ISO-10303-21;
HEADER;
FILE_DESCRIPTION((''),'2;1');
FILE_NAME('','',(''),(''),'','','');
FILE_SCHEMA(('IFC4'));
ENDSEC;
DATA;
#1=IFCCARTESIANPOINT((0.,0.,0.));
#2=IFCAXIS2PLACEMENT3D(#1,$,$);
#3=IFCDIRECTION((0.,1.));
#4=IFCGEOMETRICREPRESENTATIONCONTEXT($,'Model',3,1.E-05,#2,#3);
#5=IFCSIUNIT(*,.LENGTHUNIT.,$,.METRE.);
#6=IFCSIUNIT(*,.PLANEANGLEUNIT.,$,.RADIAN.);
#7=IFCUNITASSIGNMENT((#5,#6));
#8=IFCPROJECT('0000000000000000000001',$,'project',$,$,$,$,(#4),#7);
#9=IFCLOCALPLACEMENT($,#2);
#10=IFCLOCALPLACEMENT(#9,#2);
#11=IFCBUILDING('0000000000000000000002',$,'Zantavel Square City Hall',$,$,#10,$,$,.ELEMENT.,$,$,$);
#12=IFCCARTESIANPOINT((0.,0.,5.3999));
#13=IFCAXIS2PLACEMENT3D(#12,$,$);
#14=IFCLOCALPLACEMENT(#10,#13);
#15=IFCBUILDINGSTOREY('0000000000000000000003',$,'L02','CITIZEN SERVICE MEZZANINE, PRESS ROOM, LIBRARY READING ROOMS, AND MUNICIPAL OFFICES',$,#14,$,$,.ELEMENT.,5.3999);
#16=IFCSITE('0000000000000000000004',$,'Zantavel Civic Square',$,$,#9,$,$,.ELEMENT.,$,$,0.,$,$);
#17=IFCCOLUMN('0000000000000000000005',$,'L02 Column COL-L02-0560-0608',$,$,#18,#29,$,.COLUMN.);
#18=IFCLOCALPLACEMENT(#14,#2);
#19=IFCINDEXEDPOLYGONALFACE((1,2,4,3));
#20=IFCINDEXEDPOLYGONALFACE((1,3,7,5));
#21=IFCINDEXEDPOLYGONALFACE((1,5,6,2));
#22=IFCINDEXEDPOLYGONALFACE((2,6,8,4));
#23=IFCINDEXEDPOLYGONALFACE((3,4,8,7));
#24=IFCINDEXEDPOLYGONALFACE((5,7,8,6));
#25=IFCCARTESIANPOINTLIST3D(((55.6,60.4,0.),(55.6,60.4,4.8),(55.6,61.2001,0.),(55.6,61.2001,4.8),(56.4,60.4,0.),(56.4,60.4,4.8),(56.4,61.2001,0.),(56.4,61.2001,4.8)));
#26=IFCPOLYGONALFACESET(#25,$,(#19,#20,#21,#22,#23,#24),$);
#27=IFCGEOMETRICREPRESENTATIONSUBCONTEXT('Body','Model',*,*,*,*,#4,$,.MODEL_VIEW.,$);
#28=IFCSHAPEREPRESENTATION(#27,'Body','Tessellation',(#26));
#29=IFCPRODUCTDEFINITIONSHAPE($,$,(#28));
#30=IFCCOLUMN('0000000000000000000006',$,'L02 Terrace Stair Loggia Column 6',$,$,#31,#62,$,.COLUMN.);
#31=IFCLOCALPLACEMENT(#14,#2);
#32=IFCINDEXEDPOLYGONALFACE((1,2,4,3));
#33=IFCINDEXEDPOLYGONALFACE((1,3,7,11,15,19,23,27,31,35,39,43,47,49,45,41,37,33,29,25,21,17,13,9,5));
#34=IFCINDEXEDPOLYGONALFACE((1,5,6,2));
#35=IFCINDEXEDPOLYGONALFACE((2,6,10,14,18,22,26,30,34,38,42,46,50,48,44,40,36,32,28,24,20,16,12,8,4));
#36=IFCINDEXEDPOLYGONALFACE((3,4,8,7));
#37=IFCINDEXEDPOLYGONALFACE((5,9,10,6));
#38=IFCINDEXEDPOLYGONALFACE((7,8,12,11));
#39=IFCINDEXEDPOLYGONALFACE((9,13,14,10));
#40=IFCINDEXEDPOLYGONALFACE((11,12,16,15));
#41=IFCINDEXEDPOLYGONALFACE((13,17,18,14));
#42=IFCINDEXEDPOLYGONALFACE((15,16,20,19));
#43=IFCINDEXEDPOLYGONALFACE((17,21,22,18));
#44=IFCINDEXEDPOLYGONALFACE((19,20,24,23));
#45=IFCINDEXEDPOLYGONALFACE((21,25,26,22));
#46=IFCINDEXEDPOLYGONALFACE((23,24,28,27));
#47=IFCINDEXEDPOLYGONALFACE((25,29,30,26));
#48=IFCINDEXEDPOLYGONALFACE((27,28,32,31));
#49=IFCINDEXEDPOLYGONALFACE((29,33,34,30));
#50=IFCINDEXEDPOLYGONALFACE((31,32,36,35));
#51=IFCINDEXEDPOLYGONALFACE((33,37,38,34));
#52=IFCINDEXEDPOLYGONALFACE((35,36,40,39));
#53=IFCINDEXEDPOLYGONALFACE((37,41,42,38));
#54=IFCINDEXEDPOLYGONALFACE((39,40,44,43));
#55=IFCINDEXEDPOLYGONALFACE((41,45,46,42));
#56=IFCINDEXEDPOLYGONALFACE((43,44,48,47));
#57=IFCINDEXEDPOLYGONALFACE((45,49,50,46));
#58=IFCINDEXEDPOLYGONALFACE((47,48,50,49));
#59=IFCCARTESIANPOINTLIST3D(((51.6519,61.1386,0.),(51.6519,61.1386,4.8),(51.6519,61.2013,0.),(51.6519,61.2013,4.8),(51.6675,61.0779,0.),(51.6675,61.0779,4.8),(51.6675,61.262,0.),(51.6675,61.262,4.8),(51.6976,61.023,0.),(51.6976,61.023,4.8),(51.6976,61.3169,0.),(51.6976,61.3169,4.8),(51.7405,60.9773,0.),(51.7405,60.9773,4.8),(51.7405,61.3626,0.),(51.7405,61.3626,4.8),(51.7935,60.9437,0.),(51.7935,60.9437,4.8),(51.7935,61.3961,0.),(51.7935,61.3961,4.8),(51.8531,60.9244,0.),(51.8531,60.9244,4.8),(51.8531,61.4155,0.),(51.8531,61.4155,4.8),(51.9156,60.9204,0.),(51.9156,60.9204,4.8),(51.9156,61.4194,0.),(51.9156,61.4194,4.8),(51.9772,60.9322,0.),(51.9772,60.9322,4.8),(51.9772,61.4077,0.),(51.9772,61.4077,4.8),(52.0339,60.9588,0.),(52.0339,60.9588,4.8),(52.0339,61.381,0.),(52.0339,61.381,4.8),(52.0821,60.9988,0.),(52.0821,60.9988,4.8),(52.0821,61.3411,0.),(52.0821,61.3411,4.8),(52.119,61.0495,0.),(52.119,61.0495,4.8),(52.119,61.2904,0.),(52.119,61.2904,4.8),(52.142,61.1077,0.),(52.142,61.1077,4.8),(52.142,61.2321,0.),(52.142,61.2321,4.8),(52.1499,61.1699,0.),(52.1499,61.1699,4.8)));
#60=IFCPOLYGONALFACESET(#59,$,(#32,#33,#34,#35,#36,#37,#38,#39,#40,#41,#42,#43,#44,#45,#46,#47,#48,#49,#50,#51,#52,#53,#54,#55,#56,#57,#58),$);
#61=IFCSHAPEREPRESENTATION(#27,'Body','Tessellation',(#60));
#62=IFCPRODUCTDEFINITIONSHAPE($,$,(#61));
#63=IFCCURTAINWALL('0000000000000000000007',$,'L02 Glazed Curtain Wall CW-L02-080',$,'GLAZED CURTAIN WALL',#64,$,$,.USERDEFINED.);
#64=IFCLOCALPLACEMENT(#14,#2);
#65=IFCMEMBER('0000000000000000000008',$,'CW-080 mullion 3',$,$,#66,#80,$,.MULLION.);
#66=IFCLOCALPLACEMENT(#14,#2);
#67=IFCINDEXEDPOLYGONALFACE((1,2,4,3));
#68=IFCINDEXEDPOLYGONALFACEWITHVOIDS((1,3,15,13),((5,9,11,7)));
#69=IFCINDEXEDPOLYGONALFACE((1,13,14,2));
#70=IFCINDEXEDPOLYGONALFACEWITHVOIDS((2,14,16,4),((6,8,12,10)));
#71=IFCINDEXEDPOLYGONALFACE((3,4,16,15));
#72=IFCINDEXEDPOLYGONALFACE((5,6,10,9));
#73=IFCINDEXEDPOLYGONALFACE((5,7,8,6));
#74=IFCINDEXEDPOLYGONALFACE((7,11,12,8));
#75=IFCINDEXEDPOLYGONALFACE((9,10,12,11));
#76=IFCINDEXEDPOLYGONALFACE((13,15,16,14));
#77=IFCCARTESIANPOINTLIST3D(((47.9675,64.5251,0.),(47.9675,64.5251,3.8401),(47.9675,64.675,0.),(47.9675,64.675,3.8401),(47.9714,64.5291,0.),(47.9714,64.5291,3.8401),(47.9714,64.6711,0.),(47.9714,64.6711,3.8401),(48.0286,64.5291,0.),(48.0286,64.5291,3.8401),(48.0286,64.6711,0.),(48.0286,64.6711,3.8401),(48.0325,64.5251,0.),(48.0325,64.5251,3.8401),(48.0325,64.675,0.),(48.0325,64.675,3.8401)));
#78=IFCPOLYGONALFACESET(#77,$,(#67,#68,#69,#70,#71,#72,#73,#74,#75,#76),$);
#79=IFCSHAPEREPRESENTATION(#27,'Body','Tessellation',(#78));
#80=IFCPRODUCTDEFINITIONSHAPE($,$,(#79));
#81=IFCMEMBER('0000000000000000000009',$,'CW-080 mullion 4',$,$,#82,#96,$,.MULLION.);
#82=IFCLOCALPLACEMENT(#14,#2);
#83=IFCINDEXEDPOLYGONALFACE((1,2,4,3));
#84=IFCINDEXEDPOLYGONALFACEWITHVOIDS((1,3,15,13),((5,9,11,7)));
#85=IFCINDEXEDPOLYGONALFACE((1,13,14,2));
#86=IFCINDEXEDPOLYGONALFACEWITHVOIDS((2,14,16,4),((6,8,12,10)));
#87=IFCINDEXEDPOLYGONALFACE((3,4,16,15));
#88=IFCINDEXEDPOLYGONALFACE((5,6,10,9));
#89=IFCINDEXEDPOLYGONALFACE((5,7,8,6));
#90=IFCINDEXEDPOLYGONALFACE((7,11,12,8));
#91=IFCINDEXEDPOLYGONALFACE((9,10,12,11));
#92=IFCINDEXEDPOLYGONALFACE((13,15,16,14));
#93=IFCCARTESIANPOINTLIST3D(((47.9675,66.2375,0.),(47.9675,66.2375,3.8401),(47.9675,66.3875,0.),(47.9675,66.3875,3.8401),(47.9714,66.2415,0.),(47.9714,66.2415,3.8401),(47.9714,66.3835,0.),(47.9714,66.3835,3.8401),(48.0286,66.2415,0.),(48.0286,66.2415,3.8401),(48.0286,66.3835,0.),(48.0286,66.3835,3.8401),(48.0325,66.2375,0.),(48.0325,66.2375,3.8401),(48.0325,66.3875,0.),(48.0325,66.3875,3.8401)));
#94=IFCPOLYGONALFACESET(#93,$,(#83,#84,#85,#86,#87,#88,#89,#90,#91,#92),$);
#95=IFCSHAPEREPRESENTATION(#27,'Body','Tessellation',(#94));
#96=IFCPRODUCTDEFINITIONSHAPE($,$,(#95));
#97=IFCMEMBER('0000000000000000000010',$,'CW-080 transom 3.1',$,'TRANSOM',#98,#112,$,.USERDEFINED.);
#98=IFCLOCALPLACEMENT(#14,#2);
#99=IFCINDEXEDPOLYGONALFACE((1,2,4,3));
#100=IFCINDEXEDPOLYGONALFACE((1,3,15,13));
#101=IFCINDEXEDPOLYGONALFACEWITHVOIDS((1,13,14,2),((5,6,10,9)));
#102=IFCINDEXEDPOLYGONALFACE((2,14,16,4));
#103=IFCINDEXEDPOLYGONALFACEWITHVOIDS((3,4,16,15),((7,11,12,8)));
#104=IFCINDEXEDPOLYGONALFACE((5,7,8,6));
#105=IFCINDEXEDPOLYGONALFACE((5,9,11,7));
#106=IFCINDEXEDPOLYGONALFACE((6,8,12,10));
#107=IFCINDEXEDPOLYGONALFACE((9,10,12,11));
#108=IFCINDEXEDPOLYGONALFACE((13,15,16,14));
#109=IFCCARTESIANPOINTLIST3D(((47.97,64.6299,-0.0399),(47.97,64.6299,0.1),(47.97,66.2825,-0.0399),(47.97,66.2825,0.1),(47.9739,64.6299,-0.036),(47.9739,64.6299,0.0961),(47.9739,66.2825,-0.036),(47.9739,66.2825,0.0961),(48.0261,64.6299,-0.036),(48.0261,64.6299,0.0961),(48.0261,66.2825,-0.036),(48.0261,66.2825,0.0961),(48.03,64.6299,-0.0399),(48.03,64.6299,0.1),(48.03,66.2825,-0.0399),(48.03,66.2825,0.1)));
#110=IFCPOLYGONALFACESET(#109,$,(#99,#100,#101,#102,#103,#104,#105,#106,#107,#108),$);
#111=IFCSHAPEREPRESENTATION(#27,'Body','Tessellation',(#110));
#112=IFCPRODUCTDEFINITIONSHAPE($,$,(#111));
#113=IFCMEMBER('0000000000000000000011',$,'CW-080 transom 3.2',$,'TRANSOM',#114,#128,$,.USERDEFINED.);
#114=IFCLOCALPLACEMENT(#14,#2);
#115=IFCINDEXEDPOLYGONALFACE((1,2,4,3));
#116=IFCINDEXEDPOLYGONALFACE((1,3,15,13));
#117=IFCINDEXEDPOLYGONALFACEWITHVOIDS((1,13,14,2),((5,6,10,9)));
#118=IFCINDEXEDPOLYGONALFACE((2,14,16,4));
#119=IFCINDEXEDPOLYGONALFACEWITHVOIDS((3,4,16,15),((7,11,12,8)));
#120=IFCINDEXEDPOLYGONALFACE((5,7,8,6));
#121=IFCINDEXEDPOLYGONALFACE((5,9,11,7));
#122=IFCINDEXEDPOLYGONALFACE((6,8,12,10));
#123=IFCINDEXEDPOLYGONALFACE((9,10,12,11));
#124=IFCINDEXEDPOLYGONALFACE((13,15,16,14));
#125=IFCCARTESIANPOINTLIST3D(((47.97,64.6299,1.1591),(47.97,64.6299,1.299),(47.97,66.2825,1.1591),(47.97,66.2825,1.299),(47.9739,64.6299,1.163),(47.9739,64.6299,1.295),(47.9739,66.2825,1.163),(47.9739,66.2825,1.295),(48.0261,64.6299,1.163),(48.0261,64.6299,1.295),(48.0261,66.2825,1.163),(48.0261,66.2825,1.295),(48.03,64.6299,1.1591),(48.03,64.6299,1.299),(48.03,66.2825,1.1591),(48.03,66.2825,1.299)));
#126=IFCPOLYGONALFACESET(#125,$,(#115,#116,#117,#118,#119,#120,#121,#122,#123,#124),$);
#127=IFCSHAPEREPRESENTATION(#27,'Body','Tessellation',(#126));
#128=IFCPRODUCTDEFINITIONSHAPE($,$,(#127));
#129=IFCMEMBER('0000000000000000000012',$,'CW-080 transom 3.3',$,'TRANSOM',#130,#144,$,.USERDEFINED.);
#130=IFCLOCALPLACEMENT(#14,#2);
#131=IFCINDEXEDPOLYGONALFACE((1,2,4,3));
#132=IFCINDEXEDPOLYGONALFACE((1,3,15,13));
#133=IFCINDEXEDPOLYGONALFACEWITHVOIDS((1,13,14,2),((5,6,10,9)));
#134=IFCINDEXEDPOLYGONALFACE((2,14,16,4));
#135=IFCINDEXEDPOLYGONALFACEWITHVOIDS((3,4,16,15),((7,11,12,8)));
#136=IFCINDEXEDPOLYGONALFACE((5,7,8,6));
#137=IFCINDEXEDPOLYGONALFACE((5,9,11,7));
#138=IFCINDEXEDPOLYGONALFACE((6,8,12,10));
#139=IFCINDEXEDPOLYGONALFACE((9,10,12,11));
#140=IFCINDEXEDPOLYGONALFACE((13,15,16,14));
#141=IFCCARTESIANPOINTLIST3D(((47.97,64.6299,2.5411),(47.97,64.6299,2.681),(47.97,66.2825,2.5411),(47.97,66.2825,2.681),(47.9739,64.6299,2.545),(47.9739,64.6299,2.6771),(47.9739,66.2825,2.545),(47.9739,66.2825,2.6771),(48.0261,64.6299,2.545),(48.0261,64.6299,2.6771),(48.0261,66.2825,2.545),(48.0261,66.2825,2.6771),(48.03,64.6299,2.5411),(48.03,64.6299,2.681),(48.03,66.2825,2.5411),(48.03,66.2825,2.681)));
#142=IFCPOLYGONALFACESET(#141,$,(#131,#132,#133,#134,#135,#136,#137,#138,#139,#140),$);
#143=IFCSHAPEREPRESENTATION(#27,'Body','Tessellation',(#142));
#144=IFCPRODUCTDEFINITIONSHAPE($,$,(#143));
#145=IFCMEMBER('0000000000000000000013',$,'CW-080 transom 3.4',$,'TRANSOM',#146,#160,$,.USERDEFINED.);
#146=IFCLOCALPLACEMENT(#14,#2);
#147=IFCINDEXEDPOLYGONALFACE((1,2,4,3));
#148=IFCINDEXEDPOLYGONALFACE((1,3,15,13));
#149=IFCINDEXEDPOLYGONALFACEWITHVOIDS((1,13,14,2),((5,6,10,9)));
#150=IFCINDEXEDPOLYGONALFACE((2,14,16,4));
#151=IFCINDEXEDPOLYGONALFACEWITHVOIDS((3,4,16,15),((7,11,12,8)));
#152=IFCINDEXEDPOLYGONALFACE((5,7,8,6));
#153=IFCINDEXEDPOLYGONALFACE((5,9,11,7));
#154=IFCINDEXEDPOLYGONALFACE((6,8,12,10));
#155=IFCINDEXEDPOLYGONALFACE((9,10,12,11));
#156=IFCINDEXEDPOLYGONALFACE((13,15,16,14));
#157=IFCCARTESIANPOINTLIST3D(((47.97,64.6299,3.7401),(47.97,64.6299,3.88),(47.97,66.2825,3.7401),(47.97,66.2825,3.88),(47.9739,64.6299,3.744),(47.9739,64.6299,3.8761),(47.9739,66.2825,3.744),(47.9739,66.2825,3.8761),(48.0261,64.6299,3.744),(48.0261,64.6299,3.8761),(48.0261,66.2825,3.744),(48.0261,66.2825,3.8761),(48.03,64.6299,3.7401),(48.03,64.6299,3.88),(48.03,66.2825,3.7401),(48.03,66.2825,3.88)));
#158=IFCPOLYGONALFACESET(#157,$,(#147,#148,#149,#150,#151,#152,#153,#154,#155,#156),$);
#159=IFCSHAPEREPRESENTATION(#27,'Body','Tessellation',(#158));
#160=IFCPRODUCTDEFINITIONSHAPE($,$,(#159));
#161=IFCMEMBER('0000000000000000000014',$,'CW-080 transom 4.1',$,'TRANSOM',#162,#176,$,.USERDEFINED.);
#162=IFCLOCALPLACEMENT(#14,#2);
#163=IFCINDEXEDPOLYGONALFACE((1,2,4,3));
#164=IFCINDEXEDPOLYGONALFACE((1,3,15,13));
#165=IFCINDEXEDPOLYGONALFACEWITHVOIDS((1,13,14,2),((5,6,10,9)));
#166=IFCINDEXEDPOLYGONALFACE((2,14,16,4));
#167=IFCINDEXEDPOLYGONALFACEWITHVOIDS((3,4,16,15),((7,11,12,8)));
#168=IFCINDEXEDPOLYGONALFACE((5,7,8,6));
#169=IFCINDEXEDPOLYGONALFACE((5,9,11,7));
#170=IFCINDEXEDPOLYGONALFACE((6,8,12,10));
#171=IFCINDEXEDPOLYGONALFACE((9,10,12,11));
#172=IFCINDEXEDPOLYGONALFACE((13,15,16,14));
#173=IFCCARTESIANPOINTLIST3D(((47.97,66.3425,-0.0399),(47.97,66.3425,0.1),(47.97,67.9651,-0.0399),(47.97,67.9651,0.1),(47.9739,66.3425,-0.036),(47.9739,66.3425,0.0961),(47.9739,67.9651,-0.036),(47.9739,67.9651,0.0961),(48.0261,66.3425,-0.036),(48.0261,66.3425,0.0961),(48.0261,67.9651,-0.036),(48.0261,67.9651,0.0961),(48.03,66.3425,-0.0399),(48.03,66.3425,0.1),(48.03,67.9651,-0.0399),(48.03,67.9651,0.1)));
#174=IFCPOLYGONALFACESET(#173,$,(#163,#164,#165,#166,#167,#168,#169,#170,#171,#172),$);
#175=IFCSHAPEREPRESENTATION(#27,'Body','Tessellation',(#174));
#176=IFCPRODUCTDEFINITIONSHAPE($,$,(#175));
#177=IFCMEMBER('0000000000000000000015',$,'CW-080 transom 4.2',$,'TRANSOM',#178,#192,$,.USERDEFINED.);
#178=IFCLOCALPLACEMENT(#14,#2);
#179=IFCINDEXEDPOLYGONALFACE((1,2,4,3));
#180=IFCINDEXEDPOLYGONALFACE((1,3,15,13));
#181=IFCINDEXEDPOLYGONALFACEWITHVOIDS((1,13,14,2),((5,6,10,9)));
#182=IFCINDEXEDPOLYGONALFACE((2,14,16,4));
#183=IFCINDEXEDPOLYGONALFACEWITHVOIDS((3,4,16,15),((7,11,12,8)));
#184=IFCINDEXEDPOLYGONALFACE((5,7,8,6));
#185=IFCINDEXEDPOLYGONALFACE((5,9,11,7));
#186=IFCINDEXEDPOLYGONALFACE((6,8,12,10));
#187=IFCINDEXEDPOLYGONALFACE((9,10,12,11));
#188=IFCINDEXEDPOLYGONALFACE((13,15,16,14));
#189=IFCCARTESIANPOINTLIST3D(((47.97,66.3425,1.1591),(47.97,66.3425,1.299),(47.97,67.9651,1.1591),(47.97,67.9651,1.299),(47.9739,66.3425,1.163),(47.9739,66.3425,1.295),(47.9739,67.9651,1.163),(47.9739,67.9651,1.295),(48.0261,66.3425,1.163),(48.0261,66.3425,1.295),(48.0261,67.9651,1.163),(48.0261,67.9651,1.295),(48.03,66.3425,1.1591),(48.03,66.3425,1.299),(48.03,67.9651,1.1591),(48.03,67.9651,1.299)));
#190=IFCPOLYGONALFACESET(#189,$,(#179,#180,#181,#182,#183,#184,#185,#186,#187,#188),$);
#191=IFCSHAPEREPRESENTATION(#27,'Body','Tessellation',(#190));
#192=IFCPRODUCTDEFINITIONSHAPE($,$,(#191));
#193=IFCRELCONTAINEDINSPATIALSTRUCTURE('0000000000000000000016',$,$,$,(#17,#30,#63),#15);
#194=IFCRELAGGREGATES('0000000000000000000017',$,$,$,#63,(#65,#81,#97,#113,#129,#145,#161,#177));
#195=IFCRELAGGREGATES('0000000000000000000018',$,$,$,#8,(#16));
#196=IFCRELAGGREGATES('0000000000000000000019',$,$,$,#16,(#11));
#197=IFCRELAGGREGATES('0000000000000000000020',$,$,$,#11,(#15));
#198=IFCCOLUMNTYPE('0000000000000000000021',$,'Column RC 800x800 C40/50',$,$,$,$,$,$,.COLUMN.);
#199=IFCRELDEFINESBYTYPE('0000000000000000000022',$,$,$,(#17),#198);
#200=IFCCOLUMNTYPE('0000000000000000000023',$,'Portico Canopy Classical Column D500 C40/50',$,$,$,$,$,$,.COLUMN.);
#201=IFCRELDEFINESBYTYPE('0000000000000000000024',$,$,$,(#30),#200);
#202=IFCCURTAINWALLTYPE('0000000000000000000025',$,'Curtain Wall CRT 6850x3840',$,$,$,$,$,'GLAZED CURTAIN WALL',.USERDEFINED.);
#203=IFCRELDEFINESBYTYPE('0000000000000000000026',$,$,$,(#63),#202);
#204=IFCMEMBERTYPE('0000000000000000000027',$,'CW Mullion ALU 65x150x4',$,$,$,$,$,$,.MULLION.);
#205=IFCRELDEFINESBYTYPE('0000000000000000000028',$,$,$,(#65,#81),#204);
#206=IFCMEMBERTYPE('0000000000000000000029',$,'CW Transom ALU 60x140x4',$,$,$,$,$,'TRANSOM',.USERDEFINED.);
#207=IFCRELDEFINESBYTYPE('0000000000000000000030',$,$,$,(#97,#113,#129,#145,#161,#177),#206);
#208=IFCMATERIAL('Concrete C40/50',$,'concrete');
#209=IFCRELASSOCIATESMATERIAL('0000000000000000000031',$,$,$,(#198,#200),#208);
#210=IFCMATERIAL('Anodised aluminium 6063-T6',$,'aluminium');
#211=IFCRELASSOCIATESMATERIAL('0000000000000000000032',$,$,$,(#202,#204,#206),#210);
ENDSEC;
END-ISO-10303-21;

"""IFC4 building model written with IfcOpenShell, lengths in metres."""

from ifc_helpers import new_model, si_unit, direction, frame, origin, origin_2d, place, context, subcontext, project, spatial, rectangle, hollow_rectangle, circle, extrude, material, material_profile, profile_set, type_object, element, aggregate, save


model = new_model("IFC4")

# Units and contexts
model_context = context("Model", 3, precision=1e-05, world=origin(), true_north=direction((0.0, 1.0)))
body_context = subcontext(model_context, "Body", "Model", "MODEL_VIEW")
ifc_project = project(units=[si_unit("LENGTHUNIT", "METRE"), si_unit("PLANEANGLEUNIT", "RADIAN")], contexts=[model_context])

# Site, building, storey
site_placement = place(None, origin())
site = spatial("IfcSite", under=ifc_project, at=site_placement, Name="Zantavel Civic Square", CompositionType="ELEMENT", RefElevation=0.0)
building_placement = place(site_placement, origin())
building = spatial("IfcBuilding", under=site, at=building_placement, Name="Zantavel Square City Hall", CompositionType="ELEMENT")
storey_placement = place(building_placement, frame((0.0, 0.0, 5.3999)))
storey = spatial("IfcBuildingStorey", under=building, at=storey_placement, Name="L02", Description="CITIZEN SERVICE MEZZANINE, PRESS ROOM, LIBRARY READING ROOMS, AND MUNICIPAL OFFICES", CompositionType="ELEMENT", Elevation=5.3999)

# Columns
ifc_material_1 = material(Name="Concrete C40/50", Category="concrete")
ifc_material_profile_1 = material_profile(ifc_material_1, rectangle(XDim=0.8, YDim=0.8, at=origin_2d()), Name="RC 800x800")
ifc_profile_set_1 = profile_set([ifc_material_profile_1], Name="Concrete C40/50")
column_type_1 = type_object("IfcColumnType", Name="Column RC 800x800 C40/50", PredefinedType="COLUMN", material=ifc_profile_set_1)
column_1_placement = place(storey_placement, frame((56.0, 60.8, 0.0), z_axis=(0.0, 0.0, 1.0), x_axis=(1.0, 0.0, 0.0)))
element("IfcColumn", 1, at=column_1_placement, inside=storey, type_object=column_type_1, Name="L02 Column COL-L02-0560-0608", PredefinedType="COLUMN", context=body_context, shape_type="SweptSolid", body=[
    extrude(rectangle(XDim=0.8, YDim=0.8, at=origin_2d()), origin(), (0.0, 0.0, 1.0), 4.8),
])
ifc_material_profile_2 = material_profile(ifc_material_1, circle(Radius=0.25, at=origin_2d()), Name="ROUND D500")
ifc_profile_set_2 = profile_set([ifc_material_profile_2], Name="Concrete C40/50")
column_type_2 = type_object("IfcColumnType", Name="Portico Canopy Classical Column D500 C40/50", PredefinedType="COLUMN", material=ifc_profile_set_2)
column_2_placement = place(storey_placement, frame((51.8999, 61.1699, 0.0), z_axis=(0.0, 0.0, 1.0), x_axis=(1.0, 0.0, 0.0)))
element("IfcColumn", 2, at=column_2_placement, inside=storey, type_object=column_type_2, Name="L02 Terrace Stair Loggia Column 6", PredefinedType="COLUMN", context=body_context, shape_type="SweptSolid", body=[
    extrude(circle(Radius=0.25, at=origin_2d()), origin(), (0.0, 0.0, 1.0), 4.8),
])

# Curtain wall, members
ifc_material_2 = material(Name="Anodised aluminium 6063-T6", Category="aluminium")
curtain_wall_type = type_object("IfcCurtainWallType", Name="Curtain Wall CRT 6850x3840", ElementType="GLAZED CURTAIN WALL", PredefinedType="USERDEFINED", material=ifc_material_2)
curtain_wall_placement = place(storey_placement, origin())
curtain_wall = element("IfcCurtainWall", 3, at=curtain_wall_placement, inside=storey, type_object=curtain_wall_type, Name="L02 Glazed Curtain Wall CW-L02-080", ObjectType="GLAZED CURTAIN WALL", PredefinedType="USERDEFINED")
ifc_material_profile_3 = material_profile(ifc_material_2, hollow_rectangle(XDim=0.0649, YDim=0.1499, WallThickness=0.0039, at=origin_2d()), Name="ALU 65x150x4")
ifc_profile_set_3 = profile_set([ifc_material_profile_3], Name="Anodised aluminium 6063-T6")
member_type_1 = type_object("IfcMemberType", Name="CW Mullion ALU 65x150x4", PredefinedType="MULLION", material=ifc_profile_set_3)
member_1_placement = place(storey_placement, frame((48.0, 64.6001, 0.0), z_axis=(0.0, 0.0, 1.0), x_axis=(-1.0, 0.0, 0.0)))
member_1 = element("IfcMember", 4, at=member_1_placement, type_object=member_type_1, Name="CW-080 mullion 3", PredefinedType="MULLION", context=body_context, shape_type="SweptSolid", body=[
    extrude(hollow_rectangle(XDim=0.0649, YDim=0.1499, WallThickness=0.0039, at=origin_2d()), origin(), (0.0, 0.0, 1.0), 3.8401),
])
member_2_placement = place(storey_placement, frame((48.0, 66.3125, 0.0), z_axis=(0.0, 0.0, 1.0), x_axis=(-1.0, 0.0, 0.0)))
member_2 = element("IfcMember", 5, at=member_2_placement, type_object=member_type_1, Name="CW-080 mullion 4", PredefinedType="MULLION", context=body_context, shape_type="SweptSolid", body=[
    extrude(hollow_rectangle(XDim=0.0649, YDim=0.1499, WallThickness=0.0039, at=origin_2d()), origin(), (0.0, 0.0, 1.0), 3.8401),
])
ifc_material_profile_4 = material_profile(ifc_material_2, hollow_rectangle(XDim=0.0601, YDim=0.1399, WallThickness=0.0039, at=origin_2d()), Name="ALU 60x140x4")
ifc_profile_set_4 = profile_set([ifc_material_profile_4], Name="Anodised aluminium 6063-T6")
member_type_2 = type_object("IfcMemberType", Name="CW Transom ALU 60x140x4", ElementType="TRANSOM", PredefinedType="USERDEFINED", material=ifc_profile_set_4)
member_3_placement = place(storey_placement, frame((48.0, 64.6299, 0.03), z_axis=(0.0, 1.0, 0.0), x_axis=(-1.0, 0.0, 0.0)))
member_3 = element("IfcMember", 6, at=member_3_placement, type_object=member_type_2, Name="CW-080 transom 3.1", ObjectType="TRANSOM", PredefinedType="USERDEFINED", context=body_context, shape_type="SweptSolid", body=[
    extrude(hollow_rectangle(XDim=0.0601, YDim=0.1399, WallThickness=0.0039, at=origin_2d()), origin(), (0.0, 0.0, 1.0), 1.6526),
])
member_4_placement = place(storey_placement, frame((48.0, 64.6299, 1.229), z_axis=(0.0, 1.0, 0.0), x_axis=(-1.0, 0.0, 0.0)))
member_4 = element("IfcMember", 7, at=member_4_placement, type_object=member_type_2, Name="CW-080 transom 3.2", ObjectType="TRANSOM", PredefinedType="USERDEFINED", context=body_context, shape_type="SweptSolid", body=[
    extrude(hollow_rectangle(XDim=0.0601, YDim=0.1399, WallThickness=0.0039, at=origin_2d()), origin(), (0.0, 0.0, 1.0), 1.6526),
])
member_5_placement = place(storey_placement, frame((48.0, 64.6299, 2.6111), z_axis=(0.0, 1.0, 0.0), x_axis=(-1.0, 0.0, 0.0)))
member_5 = element("IfcMember", 8, at=member_5_placement, type_object=member_type_2, Name="CW-080 transom 3.3", ObjectType="TRANSOM", PredefinedType="USERDEFINED", context=body_context, shape_type="SweptSolid", body=[
    extrude(hollow_rectangle(XDim=0.0601, YDim=0.1399, WallThickness=0.0039, at=origin_2d()), origin(), (0.0, 0.0, 1.0), 1.6526),
])
member_6_placement = place(storey_placement, frame((48.0, 64.6299, 3.8101), z_axis=(0.0, 1.0, 0.0), x_axis=(-1.0, 0.0, 0.0)))
member_6 = element("IfcMember", 9, at=member_6_placement, type_object=member_type_2, Name="CW-080 transom 3.4", ObjectType="TRANSOM", PredefinedType="USERDEFINED", context=body_context, shape_type="SweptSolid", body=[
    extrude(hollow_rectangle(XDim=0.0601, YDim=0.1399, WallThickness=0.0039, at=origin_2d()), origin(), (0.0, 0.0, 1.0), 1.6526),
])
member_7_placement = place(storey_placement, frame((48.0, 66.3425, 0.03), z_axis=(0.0, 1.0, 0.0), x_axis=(-1.0, 0.0, 0.0)))
member_7 = element("IfcMember", 10, at=member_7_placement, type_object=member_type_2, Name="CW-080 transom 4.1", ObjectType="TRANSOM", PredefinedType="USERDEFINED", context=body_context, shape_type="SweptSolid", body=[
    extrude(hollow_rectangle(XDim=0.0601, YDim=0.1399, WallThickness=0.0039, at=origin_2d()), origin(), (0.0, 0.0, 1.0), 1.6226),
])
member_8_placement = place(storey_placement, frame((48.0, 66.3425, 1.229), z_axis=(0.0, 1.0, 0.0), x_axis=(-1.0, 0.0, 0.0)))
member_8 = element("IfcMember", 11, at=member_8_placement, type_object=member_type_2, Name="CW-080 transom 4.2", ObjectType="TRANSOM", PredefinedType="USERDEFINED", context=body_context, shape_type="SweptSolid", body=[
    extrude(hollow_rectangle(XDim=0.0601, YDim=0.1399, WallThickness=0.0039, at=origin_2d()), origin(), (0.0, 0.0, 1.0), 1.6226),
])

aggregate(curtain_wall, [member_1, member_2, member_3, member_4, member_5, member_6, member_7, member_8])

save(model, "model.ifc")
